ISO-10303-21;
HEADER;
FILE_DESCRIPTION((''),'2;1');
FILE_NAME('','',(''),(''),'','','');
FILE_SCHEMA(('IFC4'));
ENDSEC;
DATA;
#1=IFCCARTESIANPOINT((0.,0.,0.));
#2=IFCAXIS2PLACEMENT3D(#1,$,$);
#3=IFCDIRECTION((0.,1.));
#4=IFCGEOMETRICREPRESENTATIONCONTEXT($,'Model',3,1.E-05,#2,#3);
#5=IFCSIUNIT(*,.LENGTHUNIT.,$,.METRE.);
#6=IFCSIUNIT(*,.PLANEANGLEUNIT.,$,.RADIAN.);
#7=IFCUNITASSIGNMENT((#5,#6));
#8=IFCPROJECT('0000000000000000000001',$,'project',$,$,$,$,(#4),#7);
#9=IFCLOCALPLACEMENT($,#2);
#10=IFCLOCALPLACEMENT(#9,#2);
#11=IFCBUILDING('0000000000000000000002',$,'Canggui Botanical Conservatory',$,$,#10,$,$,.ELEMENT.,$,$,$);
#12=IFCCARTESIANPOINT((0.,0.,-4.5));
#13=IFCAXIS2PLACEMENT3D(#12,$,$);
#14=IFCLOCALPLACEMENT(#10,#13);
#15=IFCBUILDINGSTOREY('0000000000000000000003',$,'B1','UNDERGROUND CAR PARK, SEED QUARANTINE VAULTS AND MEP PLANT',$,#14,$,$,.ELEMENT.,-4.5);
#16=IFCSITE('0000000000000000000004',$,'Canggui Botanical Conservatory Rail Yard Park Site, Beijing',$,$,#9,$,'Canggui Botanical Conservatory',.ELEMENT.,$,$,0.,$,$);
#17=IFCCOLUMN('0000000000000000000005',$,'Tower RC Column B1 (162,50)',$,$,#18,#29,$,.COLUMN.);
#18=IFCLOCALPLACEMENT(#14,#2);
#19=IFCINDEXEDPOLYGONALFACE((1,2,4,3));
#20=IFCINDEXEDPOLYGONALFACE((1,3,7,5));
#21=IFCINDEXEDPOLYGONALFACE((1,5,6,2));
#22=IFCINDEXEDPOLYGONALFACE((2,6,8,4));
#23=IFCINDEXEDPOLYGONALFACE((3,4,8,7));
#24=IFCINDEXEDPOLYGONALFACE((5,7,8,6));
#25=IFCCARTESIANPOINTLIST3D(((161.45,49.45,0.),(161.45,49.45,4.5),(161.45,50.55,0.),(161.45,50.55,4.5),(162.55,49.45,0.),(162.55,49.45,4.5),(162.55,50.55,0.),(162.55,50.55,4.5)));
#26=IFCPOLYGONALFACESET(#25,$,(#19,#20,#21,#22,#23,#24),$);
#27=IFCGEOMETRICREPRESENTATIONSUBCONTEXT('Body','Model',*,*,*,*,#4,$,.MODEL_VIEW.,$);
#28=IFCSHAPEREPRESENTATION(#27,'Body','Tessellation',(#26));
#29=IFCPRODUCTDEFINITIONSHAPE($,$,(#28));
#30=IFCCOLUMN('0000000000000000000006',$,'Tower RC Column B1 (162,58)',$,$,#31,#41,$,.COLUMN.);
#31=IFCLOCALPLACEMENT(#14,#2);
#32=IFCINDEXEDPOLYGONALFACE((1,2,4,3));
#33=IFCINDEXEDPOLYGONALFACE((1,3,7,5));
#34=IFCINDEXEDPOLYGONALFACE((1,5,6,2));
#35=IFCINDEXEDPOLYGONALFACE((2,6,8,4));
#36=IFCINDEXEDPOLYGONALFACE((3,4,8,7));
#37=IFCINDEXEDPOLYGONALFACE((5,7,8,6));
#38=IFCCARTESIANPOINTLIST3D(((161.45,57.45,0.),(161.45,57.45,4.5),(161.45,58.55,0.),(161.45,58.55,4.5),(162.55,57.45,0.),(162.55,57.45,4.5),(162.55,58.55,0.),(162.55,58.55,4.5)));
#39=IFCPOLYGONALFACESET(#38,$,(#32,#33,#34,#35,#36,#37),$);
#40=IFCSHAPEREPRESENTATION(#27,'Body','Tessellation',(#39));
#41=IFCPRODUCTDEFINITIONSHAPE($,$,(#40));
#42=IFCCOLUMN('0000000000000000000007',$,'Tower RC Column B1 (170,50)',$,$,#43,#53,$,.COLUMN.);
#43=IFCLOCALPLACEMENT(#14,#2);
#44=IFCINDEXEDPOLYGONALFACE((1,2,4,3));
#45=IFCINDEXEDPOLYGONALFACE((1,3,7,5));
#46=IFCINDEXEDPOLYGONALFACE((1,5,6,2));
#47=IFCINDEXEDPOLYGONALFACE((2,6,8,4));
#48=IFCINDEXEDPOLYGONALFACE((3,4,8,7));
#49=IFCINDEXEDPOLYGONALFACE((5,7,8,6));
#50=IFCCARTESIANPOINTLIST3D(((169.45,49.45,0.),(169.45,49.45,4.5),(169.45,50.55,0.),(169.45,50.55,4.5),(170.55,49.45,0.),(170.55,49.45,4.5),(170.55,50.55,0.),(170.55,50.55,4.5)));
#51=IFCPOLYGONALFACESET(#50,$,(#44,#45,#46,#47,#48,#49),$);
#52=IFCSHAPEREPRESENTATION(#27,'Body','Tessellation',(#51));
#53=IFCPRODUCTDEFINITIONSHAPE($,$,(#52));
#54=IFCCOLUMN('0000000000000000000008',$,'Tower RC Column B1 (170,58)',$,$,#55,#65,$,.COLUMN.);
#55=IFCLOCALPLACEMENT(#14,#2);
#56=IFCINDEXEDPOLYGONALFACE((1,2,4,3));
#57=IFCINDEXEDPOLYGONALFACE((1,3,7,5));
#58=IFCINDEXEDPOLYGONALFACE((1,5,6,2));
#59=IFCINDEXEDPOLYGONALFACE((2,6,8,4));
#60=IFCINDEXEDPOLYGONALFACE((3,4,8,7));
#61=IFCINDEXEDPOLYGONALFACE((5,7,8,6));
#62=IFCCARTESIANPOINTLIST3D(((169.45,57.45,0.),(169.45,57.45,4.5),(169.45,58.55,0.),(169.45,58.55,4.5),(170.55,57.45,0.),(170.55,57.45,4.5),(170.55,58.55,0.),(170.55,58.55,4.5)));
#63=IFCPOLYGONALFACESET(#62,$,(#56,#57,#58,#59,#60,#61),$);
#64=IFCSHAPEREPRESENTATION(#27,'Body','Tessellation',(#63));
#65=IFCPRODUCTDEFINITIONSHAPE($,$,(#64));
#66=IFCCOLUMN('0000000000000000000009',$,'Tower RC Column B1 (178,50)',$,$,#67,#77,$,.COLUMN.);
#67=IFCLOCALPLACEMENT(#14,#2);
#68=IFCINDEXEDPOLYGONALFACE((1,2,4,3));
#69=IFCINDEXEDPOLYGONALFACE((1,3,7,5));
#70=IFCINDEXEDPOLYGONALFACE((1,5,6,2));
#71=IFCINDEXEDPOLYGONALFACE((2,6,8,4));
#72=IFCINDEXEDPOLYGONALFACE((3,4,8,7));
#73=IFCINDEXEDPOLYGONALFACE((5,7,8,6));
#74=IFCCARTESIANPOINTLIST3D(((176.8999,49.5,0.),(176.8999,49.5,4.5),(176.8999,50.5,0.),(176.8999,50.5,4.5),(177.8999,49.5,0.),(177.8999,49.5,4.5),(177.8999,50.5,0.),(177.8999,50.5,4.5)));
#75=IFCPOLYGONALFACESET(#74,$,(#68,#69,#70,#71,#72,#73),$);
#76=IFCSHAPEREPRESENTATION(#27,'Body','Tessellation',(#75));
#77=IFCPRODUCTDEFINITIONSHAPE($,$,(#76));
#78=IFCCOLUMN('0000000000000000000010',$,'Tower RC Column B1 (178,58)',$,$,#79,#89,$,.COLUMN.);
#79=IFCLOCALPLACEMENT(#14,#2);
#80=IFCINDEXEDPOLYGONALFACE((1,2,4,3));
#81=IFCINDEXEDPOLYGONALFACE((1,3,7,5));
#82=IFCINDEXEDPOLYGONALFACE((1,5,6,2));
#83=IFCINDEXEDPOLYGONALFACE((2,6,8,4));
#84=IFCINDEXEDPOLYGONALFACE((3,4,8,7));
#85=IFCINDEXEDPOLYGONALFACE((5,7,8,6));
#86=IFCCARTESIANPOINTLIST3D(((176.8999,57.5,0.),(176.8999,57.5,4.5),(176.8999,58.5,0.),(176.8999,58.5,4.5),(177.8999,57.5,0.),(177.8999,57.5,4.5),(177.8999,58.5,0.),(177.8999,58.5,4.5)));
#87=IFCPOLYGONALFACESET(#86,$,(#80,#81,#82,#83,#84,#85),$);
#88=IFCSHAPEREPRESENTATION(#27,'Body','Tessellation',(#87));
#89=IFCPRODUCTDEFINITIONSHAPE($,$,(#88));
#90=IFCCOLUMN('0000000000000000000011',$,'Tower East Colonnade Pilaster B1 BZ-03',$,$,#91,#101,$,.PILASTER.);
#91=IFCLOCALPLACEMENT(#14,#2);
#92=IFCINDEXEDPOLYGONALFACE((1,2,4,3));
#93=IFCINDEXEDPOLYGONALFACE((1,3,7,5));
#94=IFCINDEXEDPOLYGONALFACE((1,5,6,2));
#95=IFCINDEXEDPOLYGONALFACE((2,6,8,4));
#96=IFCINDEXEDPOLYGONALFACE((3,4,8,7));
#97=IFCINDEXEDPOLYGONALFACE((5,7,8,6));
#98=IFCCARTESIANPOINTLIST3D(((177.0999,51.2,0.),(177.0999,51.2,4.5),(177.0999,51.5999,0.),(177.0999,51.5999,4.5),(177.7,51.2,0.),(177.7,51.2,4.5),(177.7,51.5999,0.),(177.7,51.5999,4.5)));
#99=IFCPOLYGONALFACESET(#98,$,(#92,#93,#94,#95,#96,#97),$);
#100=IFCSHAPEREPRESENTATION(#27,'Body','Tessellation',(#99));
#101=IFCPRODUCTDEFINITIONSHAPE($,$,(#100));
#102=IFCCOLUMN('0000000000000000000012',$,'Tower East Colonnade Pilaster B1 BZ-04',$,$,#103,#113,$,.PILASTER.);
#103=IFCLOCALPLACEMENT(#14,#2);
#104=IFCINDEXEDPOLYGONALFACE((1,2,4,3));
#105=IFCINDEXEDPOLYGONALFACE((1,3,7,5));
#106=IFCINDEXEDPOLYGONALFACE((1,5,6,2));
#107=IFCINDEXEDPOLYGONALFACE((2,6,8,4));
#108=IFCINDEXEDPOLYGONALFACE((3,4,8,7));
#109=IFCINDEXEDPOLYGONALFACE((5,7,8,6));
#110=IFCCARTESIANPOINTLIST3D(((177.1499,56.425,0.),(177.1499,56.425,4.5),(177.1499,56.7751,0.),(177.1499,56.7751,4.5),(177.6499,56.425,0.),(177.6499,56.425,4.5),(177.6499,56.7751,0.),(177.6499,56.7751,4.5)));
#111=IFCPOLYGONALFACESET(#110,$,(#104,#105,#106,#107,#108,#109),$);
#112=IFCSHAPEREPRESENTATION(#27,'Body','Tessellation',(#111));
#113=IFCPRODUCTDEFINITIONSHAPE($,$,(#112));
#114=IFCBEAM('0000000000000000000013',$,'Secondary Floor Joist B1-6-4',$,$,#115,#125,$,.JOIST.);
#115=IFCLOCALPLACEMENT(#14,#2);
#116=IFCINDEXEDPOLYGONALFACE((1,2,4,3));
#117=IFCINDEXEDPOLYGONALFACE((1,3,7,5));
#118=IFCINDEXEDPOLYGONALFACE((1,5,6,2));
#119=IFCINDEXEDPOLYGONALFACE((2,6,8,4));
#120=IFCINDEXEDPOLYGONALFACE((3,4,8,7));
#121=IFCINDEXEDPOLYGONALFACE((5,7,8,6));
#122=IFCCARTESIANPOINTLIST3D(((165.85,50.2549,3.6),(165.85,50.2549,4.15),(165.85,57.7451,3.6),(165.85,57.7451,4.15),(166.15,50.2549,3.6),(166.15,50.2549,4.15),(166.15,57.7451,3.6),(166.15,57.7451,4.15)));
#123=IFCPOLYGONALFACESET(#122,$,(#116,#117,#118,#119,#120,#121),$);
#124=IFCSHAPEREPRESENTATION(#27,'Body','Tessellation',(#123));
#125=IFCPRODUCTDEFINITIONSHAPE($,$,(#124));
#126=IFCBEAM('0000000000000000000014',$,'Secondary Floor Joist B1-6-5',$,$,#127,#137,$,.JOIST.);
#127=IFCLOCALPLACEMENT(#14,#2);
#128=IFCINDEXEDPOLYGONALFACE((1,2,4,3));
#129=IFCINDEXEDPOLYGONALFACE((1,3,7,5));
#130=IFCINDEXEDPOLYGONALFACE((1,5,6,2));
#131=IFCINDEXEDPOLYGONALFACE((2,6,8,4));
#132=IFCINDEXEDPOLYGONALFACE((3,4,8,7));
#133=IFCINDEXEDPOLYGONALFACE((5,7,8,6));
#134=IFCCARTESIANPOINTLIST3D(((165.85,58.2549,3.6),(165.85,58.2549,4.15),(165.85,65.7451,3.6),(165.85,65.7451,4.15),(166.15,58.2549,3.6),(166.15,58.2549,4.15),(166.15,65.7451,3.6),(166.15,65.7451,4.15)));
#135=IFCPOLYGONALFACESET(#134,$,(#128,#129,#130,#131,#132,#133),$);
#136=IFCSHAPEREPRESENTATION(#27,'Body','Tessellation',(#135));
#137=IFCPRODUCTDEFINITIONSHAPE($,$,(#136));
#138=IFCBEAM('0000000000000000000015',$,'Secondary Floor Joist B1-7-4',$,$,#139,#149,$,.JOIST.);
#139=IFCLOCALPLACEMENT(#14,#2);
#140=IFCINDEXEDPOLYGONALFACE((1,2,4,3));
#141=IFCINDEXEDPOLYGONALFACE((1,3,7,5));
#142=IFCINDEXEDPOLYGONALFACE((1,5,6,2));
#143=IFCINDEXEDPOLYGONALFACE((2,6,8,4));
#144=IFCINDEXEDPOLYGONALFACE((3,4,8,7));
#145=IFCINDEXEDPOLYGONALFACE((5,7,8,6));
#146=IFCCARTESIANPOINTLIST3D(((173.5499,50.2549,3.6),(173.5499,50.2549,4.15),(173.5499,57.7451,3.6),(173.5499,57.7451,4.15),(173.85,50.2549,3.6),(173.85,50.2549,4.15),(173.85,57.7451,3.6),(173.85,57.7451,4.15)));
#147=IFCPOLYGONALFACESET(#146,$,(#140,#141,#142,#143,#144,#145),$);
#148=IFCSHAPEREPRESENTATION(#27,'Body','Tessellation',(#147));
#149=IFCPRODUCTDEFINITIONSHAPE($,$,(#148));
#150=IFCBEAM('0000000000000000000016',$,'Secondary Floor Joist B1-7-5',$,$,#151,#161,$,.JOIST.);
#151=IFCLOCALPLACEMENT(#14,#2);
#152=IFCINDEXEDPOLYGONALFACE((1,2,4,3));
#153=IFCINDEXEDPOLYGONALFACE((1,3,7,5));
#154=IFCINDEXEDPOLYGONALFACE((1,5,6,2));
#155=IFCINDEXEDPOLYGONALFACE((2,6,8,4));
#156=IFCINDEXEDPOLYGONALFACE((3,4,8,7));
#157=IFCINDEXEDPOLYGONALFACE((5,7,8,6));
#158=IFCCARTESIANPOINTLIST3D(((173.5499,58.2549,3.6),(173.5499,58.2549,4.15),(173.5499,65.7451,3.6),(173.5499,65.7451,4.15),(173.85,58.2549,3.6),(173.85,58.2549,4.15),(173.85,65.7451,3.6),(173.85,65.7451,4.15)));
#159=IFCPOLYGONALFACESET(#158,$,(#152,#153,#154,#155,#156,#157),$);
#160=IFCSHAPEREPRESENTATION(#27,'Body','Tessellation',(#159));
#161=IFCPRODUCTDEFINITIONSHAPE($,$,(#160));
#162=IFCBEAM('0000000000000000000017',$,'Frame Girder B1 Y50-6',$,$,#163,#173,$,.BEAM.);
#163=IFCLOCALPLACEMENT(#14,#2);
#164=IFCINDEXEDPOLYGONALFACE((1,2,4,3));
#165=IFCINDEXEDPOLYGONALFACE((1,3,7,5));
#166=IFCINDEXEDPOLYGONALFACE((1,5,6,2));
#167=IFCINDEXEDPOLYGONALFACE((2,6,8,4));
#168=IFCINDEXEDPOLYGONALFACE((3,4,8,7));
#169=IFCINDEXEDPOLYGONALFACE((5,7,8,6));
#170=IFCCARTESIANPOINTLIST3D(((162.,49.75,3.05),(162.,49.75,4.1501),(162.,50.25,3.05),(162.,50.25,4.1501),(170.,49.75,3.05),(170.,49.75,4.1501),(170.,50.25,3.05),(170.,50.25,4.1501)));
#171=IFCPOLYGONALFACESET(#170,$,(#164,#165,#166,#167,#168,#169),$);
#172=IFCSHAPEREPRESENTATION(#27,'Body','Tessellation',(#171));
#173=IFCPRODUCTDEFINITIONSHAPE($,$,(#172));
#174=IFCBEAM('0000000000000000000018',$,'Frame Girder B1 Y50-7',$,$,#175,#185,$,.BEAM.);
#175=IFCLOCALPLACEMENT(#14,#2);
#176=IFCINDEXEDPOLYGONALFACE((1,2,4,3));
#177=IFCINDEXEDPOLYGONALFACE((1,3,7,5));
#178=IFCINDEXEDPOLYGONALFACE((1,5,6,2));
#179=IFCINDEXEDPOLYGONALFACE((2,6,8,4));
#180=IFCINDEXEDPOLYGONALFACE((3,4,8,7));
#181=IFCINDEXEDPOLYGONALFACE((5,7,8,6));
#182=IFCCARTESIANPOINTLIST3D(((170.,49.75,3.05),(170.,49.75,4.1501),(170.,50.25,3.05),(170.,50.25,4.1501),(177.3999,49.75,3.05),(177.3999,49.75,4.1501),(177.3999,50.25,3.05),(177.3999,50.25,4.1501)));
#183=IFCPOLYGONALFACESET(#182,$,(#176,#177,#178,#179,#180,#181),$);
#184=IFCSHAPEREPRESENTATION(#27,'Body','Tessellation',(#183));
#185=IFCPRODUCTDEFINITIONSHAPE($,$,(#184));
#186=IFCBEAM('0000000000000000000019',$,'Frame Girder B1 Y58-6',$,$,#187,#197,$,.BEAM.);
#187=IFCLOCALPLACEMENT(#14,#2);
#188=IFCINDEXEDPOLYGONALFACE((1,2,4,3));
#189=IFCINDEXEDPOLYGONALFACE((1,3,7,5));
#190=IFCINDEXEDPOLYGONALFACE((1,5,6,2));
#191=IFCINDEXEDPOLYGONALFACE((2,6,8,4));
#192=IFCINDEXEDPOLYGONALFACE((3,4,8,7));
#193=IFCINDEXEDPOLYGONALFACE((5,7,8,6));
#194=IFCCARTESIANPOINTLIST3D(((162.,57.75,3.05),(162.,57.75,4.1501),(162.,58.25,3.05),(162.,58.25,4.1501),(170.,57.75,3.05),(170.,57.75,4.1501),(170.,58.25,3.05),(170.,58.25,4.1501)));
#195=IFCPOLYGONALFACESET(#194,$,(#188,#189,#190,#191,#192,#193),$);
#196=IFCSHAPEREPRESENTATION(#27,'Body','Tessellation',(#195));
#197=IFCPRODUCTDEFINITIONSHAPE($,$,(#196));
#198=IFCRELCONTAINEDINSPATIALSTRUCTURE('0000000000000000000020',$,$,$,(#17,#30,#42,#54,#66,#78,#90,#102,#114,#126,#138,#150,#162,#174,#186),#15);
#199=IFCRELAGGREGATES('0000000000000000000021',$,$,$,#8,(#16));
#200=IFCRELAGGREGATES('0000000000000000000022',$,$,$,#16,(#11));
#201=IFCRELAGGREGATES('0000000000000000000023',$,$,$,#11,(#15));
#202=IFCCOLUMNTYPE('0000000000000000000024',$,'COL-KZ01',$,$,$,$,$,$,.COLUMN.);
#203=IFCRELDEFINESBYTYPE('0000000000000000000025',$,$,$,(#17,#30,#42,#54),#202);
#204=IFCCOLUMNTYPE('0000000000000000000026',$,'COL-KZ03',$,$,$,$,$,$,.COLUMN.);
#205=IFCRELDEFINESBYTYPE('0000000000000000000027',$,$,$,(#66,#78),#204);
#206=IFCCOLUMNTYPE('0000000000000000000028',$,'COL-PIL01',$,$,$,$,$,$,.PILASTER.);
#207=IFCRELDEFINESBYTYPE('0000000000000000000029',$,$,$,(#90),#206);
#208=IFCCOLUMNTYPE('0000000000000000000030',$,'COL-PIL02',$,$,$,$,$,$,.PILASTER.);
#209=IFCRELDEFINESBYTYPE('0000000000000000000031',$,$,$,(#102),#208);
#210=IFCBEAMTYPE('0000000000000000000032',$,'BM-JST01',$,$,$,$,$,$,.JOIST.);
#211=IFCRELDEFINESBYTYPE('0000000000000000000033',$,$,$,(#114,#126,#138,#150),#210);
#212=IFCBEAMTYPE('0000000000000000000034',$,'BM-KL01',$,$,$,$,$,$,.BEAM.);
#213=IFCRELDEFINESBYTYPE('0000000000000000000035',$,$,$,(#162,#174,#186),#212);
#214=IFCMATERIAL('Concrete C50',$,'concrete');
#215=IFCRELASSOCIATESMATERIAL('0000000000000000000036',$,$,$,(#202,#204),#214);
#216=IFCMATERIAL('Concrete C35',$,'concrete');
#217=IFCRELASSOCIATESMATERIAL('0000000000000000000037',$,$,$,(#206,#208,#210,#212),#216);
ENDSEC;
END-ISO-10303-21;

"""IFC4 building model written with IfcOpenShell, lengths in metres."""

from ifc_helpers import new_model, si_unit, direction, frame, origin, origin_2d, place, context, subcontext, project, spatial, rectangle, extrude, material, material_profile, profile_set, type_object, element, save


model = new_model("IFC4")

# Units and contexts
model_context = context("Model", 3, precision=1e-05, world=origin(), true_north=direction((0.0, 1.0)))
body_context = subcontext(model_context, "Body", "Model", "MODEL_VIEW")
ifc_project = project(units=[si_unit("LENGTHUNIT", "METRE"), si_unit("PLANEANGLEUNIT", "RADIAN")], contexts=[model_context])

# Site, building, storey
site_placement = place(None, origin())
site = spatial("IfcSite", under=ifc_project, at=site_placement, Name="Canggui Botanical Conservatory Rail Yard Park Site, Beijing", LongName="Canggui Botanical Conservatory", CompositionType="ELEMENT", RefElevation=0.0)
building_placement = place(site_placement, origin())
building = spatial("IfcBuilding", under=site, at=building_placement, Name="Canggui Botanical Conservatory", CompositionType="ELEMENT")
storey_placement = place(building_placement, frame((0.0, 0.0, -4.5)))
storey = spatial("IfcBuildingStorey", under=building, at=storey_placement, Name="B1", Description="UNDERGROUND CAR PARK, SEED QUARANTINE VAULTS AND MEP PLANT", CompositionType="ELEMENT", Elevation=-4.5)

# Columns
ifc_material_1 = material(Name="Concrete C50", Category="concrete")
ifc_material_profile_1 = material_profile(ifc_material_1, rectangle(XDim=1.1001, YDim=1.1001, at=origin_2d()), Name="RC 1100x1100")
ifc_profile_set_1 = profile_set([ifc_material_profile_1], Name="Concrete C50")
column_type_1 = type_object("IfcColumnType", Name="COL-KZ01", PredefinedType="COLUMN", material=ifc_profile_set_1)
for number, where, z_axis, x_axis, name in (
    (1, (162.0, 50.0, 0.0), (0.0, 0.0, 1.0), (1.0, 0.0, 0.0), "Tower RC Column B1 (162,50)"),
    (2, (162.0, 58.0, 0.0), (0.0, 0.0, 1.0), (1.0, 0.0, 0.0), "Tower RC Column B1 (162,58)"),
    (3, (170.0, 50.0, 0.0), (0.0, 0.0, 1.0), (1.0, 0.0, 0.0), "Tower RC Column B1 (170,50)"),
    (4, (170.0, 58.0, 0.0), (0.0, 0.0, 1.0), (1.0, 0.0, 0.0), "Tower RC Column B1 (170,58)"),
):
    element("IfcColumn", number, at=place(storey_placement, frame(where, z_axis=z_axis, x_axis=x_axis)), inside=storey, type_object=column_type_1, Name=name, PredefinedType="COLUMN", context=body_context, shape_type="SweptSolid", body=[
        extrude(rectangle(XDim=1.1001, YDim=1.1001, at=origin_2d()), origin(), (0.0, 0.0, 1.0), 4.5),
    ])
ifc_material_profile_2 = material_profile(ifc_material_1, rectangle(XDim=1.0, YDim=1.0, at=origin_2d()), Name="RC 1000x1000")
ifc_profile_set_2 = profile_set([ifc_material_profile_2], Name="Concrete C50")
column_type_2 = type_object("IfcColumnType", Name="COL-KZ03", PredefinedType="COLUMN", material=ifc_profile_set_2)
for number, where, z_axis, x_axis, name in (
    (5, (177.3999, 50.0, 0.0), (0.0, 0.0, 1.0), (1.0, 0.0, 0.0), "Tower RC Column B1 (178,50)"),
    (6, (177.3999, 58.0, 0.0), (0.0, 0.0, 1.0), (1.0, 0.0, 0.0), "Tower RC Column B1 (178,58)"),
):
    element("IfcColumn", number, at=place(storey_placement, frame(where, z_axis=z_axis, x_axis=x_axis)), inside=storey, type_object=column_type_2, Name=name, PredefinedType="COLUMN", context=body_context, shape_type="SweptSolid", body=[
        extrude(rectangle(XDim=1.0, YDim=1.0, at=origin_2d()), origin(), (0.0, 0.0, 1.0), 4.5),
    ])
ifc_material_2 = material(Name="Concrete C35", Category="concrete")
ifc_material_profile_3 = material_profile(ifc_material_2, rectangle(XDim=0.3999, YDim=0.6001, at=origin_2d()), Name="RC 400x600")
ifc_profile_set_3 = profile_set([ifc_material_profile_3], Name="Concrete C35")
column_type_3 = type_object("IfcColumnType", Name="COL-PIL01", PredefinedType="PILASTER", material=ifc_profile_set_3)
column_1_placement = place(storey_placement, frame((177.3999, 51.3999, 0.0), z_axis=(0.0, 0.0, 1.0), x_axis=(0.0, 1.0, 0.0)))
element("IfcColumn", 7, at=column_1_placement, inside=storey, type_object=column_type_3, Name="Tower East Colonnade Pilaster B1 BZ-03", PredefinedType="PILASTER", context=body_context, shape_type="SweptSolid", body=[
    extrude(rectangle(XDim=0.3999, YDim=0.6001, at=origin_2d()), origin(), (0.0, 0.0, 1.0), 4.5),
])
ifc_material_profile_4 = material_profile(ifc_material_2, rectangle(XDim=0.3501, YDim=0.5, at=origin_2d()), Name="RC 350x500")
ifc_profile_set_4 = profile_set([ifc_material_profile_4], Name="Concrete C35")
column_type_4 = type_object("IfcColumnType", Name="COL-PIL02", PredefinedType="PILASTER", material=ifc_profile_set_4)
column_2_placement = place(storey_placement, frame((177.3999, 56.6001, 0.0), z_axis=(0.0, 0.0, 1.0), x_axis=(0.0, 1.0, 0.0)))
element("IfcColumn", 8, at=column_2_placement, inside=storey, type_object=column_type_4, Name="Tower East Colonnade Pilaster B1 BZ-04", PredefinedType="PILASTER", context=body_context, shape_type="SweptSolid", body=[
    extrude(rectangle(XDim=0.3501, YDim=0.5, at=origin_2d()), origin(), (0.0, 0.0, 1.0), 4.5),
])

# Beams
ifc_material_profile_5 = material_profile(ifc_material_2, rectangle(XDim=0.3, YDim=0.55, at=origin_2d()), Name="RB 300x550")
ifc_profile_set_5 = profile_set([ifc_material_profile_5], Name="Concrete C35")
beam_type_1 = type_object("IfcBeamType", Name="BM-JST01", PredefinedType="JOIST", material=ifc_profile_set_5)
for number, where, z_axis, x_axis, name in (
    (9, (166.0, 50.2549, 3.875), (0.0, 1.0, 0.0), (-1.0, 0.0, 0.0), "Secondary Floor Joist B1-6-4"),
    (10, (166.0, 58.2549, 3.875), (0.0, 1.0, 0.0), (-1.0, 0.0, 0.0), "Secondary Floor Joist B1-6-5"),
    (11, (173.7, 50.2549, 3.875), (0.0, 1.0, 0.0), (-1.0, 0.0, 0.0), "Secondary Floor Joist B1-7-4"),
    (12, (173.7, 58.2549, 3.875), (0.0, 1.0, 0.0), (-1.0, 0.0, 0.0), "Secondary Floor Joist B1-7-5"),
):
    element("IfcBeam", number, at=place(storey_placement, frame(where, z_axis=z_axis, x_axis=x_axis)), inside=storey, type_object=beam_type_1, Name=name, PredefinedType="JOIST", context=body_context, shape_type="SweptSolid", body=[
        extrude(rectangle(XDim=0.3, YDim=0.55, at=origin_2d()), origin(), (0.0, 0.0, 1.0), 7.4902),
    ])
ifc_material_profile_6 = material_profile(ifc_material_2, rectangle(XDim=0.5, YDim=1.1001, at=origin_2d()), Name="RB 500x1100")
ifc_profile_set_6 = profile_set([ifc_material_profile_6], Name="Concrete C35")
beam_type_2 = type_object("IfcBeamType", Name="BM-KL01", PredefinedType="BEAM", material=ifc_profile_set_6)
beam_1_placement = place(storey_placement, frame((162.0, 50.0, 3.6001), z_axis=(1.0, 0.0, 0.0), x_axis=(0.0, 1.0, 0.0)))
element("IfcBeam", 13, at=beam_1_placement, inside=storey, type_object=beam_type_2, Name="Frame Girder B1 Y50-6", PredefinedType="BEAM", context=body_context, shape_type="SweptSolid", body=[
    extrude(rectangle(XDim=0.5, YDim=1.1001, at=origin_2d()), origin(), (0.0, 0.0, 1.0), 8.0),
])
beam_2_placement = place(storey_placement, frame((170.0, 50.0, 3.6001), z_axis=(1.0, 0.0, 0.0), x_axis=(0.0, 1.0, 0.0)))
element("IfcBeam", 14, at=beam_2_placement, inside=storey, type_object=beam_type_2, Name="Frame Girder B1 Y50-7", PredefinedType="BEAM", context=body_context, shape_type="SweptSolid", body=[
    extrude(rectangle(XDim=0.5, YDim=1.1001, at=origin_2d()), origin(), (0.0, 0.0, 1.0), 7.3999),
])
beam_3_placement = place(storey_placement, frame((162.0, 58.0, 3.6001), z_axis=(1.0, 0.0, 0.0), x_axis=(0.0, 1.0, 0.0)))
element("IfcBeam", 15, at=beam_3_placement, inside=storey, type_object=beam_type_2, Name="Frame Girder B1 Y58-6", PredefinedType="BEAM", context=body_context, shape_type="SweptSolid", body=[
    extrude(rectangle(XDim=0.5, YDim=1.1001, at=origin_2d()), origin(), (0.0, 0.0, 1.0), 8.0),
])

save(model, "model.ifc")
